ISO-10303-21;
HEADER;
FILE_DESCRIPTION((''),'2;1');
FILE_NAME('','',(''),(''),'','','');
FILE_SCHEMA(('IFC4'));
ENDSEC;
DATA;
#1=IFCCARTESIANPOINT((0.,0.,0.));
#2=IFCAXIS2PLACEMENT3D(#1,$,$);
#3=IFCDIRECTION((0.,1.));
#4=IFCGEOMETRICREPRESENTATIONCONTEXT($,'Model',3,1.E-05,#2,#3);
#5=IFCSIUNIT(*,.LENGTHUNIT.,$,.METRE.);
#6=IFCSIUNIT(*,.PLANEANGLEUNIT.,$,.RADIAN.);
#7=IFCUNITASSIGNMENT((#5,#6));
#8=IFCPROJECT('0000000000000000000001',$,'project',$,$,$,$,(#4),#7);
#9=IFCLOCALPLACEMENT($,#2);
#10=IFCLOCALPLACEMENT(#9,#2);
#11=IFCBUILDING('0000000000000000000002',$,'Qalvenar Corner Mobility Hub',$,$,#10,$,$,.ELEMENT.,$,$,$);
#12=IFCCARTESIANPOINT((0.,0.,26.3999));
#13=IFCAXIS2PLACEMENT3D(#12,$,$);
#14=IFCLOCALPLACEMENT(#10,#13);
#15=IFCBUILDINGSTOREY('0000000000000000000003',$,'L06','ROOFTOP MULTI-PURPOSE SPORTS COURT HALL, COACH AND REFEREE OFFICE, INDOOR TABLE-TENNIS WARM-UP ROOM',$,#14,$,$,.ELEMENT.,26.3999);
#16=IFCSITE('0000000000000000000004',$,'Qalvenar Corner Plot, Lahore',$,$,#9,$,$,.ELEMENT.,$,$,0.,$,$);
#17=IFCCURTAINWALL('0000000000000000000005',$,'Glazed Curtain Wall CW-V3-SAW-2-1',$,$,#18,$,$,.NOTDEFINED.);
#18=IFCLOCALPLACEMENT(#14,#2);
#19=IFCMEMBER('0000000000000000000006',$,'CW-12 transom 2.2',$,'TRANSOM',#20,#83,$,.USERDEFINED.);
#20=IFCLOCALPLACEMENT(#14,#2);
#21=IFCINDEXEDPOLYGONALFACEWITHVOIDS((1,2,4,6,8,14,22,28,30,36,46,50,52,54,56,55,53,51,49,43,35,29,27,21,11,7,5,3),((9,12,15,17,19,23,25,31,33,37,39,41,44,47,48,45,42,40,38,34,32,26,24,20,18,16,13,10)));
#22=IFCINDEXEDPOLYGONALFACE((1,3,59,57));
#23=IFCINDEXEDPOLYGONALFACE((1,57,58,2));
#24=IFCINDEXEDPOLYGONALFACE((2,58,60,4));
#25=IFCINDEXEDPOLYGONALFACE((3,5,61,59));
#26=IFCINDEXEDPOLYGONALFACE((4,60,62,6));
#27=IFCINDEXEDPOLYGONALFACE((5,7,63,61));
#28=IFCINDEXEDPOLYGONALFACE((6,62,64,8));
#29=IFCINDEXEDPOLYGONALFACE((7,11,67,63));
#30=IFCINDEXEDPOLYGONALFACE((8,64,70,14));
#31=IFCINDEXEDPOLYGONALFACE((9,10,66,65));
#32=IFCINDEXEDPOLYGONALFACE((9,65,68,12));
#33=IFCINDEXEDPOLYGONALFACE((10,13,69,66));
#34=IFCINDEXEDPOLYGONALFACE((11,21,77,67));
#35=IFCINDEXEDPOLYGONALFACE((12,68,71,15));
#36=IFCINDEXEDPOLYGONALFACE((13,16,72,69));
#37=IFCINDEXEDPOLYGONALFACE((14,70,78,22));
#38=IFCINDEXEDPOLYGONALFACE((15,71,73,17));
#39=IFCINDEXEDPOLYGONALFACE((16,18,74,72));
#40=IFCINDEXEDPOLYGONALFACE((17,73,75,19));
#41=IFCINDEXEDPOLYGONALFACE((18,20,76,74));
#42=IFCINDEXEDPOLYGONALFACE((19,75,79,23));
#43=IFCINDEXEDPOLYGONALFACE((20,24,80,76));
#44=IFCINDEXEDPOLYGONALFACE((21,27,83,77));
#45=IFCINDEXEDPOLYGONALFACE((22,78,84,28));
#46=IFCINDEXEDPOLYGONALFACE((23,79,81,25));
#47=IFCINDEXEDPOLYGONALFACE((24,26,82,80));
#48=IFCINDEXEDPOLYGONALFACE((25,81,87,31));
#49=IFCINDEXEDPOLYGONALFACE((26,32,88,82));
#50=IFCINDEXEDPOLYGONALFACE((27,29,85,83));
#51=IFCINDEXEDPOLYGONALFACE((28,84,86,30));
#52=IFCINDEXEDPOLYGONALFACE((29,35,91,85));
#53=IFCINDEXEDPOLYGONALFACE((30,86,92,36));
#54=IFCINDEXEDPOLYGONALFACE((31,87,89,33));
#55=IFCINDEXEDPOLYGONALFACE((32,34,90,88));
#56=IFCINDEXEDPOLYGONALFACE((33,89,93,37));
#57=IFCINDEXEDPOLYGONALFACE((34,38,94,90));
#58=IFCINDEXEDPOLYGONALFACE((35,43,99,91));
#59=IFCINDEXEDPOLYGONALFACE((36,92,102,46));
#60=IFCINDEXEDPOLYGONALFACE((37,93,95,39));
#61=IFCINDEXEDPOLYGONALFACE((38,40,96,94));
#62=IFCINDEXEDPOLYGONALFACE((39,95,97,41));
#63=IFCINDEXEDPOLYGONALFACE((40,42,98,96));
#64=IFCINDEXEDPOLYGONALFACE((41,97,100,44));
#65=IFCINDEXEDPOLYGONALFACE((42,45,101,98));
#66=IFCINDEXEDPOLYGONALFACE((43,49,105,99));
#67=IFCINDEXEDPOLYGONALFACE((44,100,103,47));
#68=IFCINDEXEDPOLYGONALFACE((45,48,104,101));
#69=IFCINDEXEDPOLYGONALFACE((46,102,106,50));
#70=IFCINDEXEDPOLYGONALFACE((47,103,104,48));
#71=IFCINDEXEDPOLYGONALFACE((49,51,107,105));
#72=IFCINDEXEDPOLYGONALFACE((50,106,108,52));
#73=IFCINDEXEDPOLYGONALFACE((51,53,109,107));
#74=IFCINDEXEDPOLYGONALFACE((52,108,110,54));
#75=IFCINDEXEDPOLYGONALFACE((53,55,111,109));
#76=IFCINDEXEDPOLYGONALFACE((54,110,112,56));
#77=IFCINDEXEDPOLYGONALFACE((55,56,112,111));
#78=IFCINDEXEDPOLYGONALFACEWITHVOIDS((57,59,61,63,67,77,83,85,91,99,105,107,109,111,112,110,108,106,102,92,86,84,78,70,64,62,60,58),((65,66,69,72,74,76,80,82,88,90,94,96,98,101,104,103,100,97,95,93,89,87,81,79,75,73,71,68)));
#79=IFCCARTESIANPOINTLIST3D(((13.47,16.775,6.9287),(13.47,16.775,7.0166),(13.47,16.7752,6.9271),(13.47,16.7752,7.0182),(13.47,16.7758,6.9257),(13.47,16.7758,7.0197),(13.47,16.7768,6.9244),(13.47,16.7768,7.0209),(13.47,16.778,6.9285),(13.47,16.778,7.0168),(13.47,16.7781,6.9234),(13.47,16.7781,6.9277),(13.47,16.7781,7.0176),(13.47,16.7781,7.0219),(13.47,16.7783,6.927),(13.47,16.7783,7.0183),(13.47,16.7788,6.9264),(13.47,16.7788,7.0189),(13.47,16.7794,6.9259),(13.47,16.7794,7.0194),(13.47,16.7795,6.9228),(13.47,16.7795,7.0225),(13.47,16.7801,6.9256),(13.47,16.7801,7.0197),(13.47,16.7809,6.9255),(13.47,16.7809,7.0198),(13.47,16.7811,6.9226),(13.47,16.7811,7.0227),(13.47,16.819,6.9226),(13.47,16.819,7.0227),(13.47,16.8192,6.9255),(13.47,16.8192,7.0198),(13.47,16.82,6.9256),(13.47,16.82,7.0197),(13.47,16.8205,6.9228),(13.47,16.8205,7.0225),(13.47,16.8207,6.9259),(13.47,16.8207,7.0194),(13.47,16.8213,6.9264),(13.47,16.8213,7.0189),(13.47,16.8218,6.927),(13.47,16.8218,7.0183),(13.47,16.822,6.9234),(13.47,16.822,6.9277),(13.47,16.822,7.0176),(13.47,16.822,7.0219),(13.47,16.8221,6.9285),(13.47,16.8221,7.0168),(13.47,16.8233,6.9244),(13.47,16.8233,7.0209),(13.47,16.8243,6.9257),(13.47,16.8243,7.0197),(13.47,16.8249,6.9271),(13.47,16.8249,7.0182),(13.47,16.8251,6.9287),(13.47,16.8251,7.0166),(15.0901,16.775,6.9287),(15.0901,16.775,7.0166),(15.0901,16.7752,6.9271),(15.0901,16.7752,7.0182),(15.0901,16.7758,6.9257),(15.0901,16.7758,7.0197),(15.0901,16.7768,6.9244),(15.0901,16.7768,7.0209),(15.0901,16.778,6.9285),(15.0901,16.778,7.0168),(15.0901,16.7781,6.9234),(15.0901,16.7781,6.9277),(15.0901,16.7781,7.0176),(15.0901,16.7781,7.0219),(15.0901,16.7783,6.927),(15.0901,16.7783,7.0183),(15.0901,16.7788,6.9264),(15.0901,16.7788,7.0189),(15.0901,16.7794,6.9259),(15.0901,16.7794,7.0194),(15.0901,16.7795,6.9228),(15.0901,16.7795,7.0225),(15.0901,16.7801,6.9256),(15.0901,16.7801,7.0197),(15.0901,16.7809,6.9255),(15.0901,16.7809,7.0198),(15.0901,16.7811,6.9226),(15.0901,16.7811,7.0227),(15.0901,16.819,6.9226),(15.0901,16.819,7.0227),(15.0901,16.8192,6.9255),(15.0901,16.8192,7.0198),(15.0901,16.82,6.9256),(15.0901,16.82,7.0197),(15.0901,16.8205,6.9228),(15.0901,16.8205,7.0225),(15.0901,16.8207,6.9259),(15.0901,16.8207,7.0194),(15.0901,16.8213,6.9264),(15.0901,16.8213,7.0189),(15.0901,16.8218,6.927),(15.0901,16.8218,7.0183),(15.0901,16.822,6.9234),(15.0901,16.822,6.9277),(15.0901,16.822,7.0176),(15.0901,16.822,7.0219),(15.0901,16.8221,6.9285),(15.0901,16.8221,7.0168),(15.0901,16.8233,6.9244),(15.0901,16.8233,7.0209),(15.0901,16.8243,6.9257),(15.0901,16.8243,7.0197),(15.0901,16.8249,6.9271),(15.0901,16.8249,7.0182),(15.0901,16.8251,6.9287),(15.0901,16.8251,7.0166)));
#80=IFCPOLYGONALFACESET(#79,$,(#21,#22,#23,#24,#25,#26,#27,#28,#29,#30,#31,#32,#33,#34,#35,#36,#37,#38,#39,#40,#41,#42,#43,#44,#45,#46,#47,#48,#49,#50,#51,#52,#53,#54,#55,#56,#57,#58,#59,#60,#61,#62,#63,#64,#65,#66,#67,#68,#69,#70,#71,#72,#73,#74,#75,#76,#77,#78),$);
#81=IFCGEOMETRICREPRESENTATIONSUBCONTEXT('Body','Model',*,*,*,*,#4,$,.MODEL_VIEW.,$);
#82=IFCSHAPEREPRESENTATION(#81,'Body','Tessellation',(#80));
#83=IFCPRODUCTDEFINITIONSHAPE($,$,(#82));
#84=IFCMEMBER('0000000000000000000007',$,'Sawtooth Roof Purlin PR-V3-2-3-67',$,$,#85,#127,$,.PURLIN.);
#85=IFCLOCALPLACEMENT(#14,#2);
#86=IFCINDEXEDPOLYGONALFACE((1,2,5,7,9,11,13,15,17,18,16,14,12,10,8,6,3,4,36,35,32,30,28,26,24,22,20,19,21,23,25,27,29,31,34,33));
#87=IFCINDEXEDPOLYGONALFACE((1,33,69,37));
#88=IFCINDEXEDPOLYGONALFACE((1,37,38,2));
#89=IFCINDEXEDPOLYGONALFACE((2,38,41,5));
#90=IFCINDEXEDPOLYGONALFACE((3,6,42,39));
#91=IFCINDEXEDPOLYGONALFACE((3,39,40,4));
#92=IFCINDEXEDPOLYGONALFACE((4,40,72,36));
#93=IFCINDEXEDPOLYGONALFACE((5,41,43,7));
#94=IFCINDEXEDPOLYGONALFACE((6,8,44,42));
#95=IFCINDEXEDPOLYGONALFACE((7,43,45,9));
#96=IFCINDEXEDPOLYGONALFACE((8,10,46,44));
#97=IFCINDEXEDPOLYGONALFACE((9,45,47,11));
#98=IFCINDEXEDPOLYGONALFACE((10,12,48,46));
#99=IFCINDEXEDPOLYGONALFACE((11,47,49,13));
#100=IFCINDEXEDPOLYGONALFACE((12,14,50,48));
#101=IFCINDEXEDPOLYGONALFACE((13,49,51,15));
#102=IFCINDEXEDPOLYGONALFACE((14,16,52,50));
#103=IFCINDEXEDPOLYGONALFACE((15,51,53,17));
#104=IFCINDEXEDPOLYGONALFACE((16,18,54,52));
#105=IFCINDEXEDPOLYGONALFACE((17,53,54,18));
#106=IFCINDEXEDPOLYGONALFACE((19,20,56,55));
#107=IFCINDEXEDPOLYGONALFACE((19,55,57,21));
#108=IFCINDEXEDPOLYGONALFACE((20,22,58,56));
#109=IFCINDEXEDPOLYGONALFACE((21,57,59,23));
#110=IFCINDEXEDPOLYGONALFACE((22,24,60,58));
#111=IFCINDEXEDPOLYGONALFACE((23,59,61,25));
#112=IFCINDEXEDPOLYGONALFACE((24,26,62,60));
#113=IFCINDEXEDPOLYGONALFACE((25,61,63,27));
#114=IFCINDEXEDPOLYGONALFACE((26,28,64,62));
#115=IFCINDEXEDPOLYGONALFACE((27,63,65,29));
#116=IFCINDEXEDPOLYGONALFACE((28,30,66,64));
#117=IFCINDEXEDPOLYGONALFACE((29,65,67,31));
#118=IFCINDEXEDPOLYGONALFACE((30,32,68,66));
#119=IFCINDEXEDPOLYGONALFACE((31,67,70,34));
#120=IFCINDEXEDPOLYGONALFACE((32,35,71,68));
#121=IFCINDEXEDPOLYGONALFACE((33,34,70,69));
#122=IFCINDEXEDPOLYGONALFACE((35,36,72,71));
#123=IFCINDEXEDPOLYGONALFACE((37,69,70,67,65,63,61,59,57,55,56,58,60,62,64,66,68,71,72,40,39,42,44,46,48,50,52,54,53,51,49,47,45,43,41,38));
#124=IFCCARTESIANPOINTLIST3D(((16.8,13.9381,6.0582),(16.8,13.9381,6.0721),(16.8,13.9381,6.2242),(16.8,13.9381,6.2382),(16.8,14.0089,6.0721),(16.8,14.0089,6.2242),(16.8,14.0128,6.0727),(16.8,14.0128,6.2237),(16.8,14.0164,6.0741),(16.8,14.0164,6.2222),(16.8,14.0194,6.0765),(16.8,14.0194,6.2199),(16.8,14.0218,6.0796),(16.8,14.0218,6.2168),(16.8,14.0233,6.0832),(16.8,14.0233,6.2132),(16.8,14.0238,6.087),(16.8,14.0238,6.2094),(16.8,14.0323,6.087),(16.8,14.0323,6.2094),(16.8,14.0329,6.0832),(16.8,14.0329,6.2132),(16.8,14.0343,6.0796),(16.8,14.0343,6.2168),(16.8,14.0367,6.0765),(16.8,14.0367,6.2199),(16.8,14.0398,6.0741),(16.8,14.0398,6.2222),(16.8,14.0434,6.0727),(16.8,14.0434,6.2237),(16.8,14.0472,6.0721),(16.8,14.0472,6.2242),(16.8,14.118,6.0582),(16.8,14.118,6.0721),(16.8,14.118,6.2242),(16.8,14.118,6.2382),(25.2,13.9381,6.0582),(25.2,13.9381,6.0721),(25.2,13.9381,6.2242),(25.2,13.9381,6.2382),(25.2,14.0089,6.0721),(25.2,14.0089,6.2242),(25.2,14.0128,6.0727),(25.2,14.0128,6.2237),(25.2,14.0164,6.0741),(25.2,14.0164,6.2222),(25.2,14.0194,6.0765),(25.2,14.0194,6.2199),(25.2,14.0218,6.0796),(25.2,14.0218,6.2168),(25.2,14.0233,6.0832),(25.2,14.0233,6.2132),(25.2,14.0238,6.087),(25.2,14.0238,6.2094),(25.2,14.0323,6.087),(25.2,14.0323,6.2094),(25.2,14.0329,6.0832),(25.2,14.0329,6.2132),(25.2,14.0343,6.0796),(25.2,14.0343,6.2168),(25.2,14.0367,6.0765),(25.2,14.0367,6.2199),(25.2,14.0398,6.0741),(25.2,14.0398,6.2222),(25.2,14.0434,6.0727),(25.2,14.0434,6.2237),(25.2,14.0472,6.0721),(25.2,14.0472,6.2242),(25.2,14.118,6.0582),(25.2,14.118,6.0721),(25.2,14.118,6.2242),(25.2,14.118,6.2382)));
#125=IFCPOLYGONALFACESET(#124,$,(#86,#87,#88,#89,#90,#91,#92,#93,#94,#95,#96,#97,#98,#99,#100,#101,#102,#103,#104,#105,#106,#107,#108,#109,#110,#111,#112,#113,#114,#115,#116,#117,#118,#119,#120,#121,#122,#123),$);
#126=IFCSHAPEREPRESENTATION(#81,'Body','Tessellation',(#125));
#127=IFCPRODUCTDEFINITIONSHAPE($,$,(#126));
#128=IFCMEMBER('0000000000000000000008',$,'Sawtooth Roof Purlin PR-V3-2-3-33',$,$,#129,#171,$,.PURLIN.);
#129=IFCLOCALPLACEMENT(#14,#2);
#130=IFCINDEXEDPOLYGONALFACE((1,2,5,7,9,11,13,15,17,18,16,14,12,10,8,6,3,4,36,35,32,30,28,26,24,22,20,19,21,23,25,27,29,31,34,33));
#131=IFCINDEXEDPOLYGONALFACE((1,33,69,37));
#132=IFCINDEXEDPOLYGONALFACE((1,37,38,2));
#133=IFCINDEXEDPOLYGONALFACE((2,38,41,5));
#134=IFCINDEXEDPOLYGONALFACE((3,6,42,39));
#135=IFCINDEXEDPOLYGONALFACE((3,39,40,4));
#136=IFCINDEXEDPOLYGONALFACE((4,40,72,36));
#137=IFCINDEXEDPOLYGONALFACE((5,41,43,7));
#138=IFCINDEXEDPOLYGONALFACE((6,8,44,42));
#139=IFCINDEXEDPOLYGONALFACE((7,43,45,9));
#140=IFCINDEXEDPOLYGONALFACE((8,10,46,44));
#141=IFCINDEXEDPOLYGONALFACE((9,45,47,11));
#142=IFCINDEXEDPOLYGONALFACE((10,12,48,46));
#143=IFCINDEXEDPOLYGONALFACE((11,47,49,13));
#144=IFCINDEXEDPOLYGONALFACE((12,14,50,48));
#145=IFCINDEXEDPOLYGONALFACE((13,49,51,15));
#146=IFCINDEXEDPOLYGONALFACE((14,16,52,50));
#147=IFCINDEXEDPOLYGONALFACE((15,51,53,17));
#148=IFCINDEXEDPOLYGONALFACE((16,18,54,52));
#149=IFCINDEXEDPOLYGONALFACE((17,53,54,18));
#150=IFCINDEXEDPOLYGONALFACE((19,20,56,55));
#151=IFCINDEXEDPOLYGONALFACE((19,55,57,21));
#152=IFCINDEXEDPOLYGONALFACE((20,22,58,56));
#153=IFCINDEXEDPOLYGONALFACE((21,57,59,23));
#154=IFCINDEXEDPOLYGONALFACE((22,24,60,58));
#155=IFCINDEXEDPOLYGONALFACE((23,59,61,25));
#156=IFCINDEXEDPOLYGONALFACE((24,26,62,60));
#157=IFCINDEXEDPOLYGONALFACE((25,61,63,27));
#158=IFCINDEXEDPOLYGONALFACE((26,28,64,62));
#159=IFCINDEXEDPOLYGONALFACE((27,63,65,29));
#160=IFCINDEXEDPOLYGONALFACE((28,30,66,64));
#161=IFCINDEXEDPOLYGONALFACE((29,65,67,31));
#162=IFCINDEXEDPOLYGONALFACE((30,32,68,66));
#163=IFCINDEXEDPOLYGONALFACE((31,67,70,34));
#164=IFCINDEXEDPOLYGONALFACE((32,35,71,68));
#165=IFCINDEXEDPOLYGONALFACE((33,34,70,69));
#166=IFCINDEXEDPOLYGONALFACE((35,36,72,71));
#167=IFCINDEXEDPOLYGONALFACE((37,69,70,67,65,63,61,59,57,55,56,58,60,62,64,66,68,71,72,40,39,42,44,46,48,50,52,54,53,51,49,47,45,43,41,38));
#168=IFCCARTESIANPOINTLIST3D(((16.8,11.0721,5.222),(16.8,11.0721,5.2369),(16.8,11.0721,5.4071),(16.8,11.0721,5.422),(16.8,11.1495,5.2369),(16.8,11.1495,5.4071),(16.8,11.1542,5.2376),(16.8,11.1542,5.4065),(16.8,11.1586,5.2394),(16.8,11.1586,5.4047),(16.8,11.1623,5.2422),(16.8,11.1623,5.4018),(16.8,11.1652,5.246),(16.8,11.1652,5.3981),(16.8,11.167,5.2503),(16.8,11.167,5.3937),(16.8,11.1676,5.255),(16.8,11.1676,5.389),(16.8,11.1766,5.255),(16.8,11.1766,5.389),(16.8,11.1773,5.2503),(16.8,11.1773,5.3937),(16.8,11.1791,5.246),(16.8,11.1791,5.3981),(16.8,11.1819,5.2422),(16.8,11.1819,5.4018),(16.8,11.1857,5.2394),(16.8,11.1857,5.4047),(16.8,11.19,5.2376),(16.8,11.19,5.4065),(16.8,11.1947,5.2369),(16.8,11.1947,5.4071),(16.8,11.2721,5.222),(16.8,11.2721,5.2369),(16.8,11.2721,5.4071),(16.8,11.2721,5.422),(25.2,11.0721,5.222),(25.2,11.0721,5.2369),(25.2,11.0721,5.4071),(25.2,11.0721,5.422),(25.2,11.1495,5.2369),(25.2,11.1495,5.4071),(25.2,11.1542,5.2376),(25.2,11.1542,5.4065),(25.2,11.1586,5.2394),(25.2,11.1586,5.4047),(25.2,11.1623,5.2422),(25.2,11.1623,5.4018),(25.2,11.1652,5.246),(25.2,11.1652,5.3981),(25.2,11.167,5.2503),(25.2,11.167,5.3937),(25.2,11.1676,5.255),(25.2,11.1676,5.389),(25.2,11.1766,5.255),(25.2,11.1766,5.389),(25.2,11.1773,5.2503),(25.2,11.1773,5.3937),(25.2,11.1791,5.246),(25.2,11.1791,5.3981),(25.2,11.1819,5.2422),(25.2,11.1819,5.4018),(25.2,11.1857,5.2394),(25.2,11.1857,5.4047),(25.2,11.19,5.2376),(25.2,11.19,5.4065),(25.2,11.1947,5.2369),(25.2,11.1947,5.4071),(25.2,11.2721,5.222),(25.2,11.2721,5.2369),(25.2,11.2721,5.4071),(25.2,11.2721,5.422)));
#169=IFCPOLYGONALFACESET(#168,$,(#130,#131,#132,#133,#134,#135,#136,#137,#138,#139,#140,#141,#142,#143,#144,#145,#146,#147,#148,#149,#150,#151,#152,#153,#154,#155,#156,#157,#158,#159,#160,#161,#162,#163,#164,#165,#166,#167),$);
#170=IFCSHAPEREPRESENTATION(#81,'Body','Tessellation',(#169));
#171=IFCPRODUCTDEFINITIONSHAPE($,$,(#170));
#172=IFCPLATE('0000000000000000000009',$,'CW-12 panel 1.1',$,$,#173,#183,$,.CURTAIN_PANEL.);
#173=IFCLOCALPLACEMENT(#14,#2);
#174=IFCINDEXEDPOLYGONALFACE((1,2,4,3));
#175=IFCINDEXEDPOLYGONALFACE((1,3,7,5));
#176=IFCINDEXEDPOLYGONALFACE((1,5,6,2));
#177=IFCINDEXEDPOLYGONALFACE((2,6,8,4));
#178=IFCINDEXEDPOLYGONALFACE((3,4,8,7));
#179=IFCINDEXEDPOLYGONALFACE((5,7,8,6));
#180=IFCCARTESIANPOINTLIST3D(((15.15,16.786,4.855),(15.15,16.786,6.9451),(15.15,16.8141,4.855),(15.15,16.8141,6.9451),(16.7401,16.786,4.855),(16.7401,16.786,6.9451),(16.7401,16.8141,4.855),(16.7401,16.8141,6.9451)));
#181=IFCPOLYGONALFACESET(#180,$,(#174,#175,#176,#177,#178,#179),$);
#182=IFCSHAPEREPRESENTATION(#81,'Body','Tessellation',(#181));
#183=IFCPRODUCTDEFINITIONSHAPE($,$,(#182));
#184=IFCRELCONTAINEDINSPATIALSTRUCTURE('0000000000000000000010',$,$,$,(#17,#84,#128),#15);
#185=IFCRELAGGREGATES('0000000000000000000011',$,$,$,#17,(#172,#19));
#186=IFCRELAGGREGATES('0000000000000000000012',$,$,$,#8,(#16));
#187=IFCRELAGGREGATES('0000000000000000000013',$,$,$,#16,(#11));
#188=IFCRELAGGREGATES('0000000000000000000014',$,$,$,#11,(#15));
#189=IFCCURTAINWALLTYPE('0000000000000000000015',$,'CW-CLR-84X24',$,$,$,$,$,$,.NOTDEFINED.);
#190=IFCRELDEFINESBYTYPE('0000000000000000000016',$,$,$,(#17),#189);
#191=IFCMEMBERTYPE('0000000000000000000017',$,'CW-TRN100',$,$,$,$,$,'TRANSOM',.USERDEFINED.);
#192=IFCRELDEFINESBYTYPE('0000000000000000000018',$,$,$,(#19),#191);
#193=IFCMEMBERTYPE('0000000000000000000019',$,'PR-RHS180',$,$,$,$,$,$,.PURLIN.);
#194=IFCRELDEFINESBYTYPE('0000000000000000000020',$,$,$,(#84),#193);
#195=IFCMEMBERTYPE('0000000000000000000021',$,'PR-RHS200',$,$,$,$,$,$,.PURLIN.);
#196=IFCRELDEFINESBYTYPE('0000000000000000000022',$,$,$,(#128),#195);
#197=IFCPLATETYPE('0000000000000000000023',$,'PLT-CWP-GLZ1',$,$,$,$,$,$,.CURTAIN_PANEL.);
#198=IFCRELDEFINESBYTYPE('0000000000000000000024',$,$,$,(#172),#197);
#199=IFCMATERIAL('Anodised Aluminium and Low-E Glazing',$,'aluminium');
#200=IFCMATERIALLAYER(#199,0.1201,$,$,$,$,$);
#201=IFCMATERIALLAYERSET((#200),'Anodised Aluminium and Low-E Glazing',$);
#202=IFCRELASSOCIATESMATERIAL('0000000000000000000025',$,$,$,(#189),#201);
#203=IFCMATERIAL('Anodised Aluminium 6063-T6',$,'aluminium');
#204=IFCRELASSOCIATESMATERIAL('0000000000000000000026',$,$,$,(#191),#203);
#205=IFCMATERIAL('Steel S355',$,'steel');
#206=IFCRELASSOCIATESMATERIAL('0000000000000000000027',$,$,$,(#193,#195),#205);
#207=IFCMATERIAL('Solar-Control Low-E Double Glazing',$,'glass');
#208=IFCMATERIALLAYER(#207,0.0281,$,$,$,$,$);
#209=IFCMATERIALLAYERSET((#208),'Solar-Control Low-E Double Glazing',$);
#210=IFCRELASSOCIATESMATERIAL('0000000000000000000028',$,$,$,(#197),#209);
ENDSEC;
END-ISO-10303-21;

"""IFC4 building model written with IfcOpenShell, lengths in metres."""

from ifc_helpers import new_model, si_unit, direction, frame, origin, origin_2d, place, context, subcontext, project, spatial, rectangle, hollow_rectangle, i_section, extrude, material, layer, layer_set, material_profile, profile_set, type_object, element, aggregate, save


model = new_model("IFC4")

# Units and contexts
model_context = context("Model", 3, precision=1e-05, world=origin(), true_north=direction((0.0, 1.0)))
body_context = subcontext(model_context, "Body", "Model", "MODEL_VIEW")
ifc_project = project(units=[si_unit("LENGTHUNIT", "METRE"), si_unit("PLANEANGLEUNIT", "RADIAN")], contexts=[model_context])

# Site, building, storey
site_placement = place(None, origin())
site = spatial("IfcSite", under=ifc_project, at=site_placement, Name="Qalvenar Corner Plot, Lahore", CompositionType="ELEMENT", RefElevation=0.0)
building_placement = place(site_placement, origin())
building = spatial("IfcBuilding", under=site, at=building_placement, Name="Qalvenar Corner Mobility Hub", CompositionType="ELEMENT")
storey_placement = place(building_placement, frame((0.0, 0.0, 26.3999)))
storey = spatial("IfcBuildingStorey", under=building, at=storey_placement, Name="L06", Description="ROOFTOP MULTI-PURPOSE SPORTS COURT HALL, COACH AND REFEREE OFFICE, INDOOR TABLE-TENNIS WARM-UP ROOM", CompositionType="ELEMENT", Elevation=26.3999)

# Shared definitions
ifc_material_1 = material(Name="Steel S355", Category="steel")

# Curtain wall
ifc_material_2 = material(Name="Anodised Aluminium and Low-E Glazing", Category="aluminium")
ifc_layer_1 = layer(ifc_material_2, 0.1201)
ifc_layer_set_1 = layer_set([ifc_layer_1], Name="Anodised Aluminium and Low-E Glazing")
curtain_wall_type = type_object("IfcCurtainWallType", Name="CW-CLR-84X24", PredefinedType="NOTDEFINED", material=ifc_layer_set_1)
ifc_material_3 = material(Name="Anodised Aluminium 6063-T6", Category="aluminium")
curtain_wall_1_placement = place(storey_placement, origin())
curtain_wall_1 = element("IfcCurtainWall", 1, at=curtain_wall_1_placement, inside=storey, type_object=curtain_wall_type, Name="Glazed Curtain Wall CW-V3-SAW-2-1", PredefinedType="NOTDEFINED")

# Member
ifc_material_profile_1 = material_profile(ifc_material_3, hollow_rectangle(XDim=0.05, YDim=0.1001, WallThickness=0.0029, InnerFilletRadius=0.0029, OuterFilletRadius=0.0061, at=origin_2d()), Name="RHS100x50x3")
ifc_profile_set_1 = profile_set([ifc_material_profile_1], Name="Anodised Aluminium 6063-T6")
member_type_1 = type_object("IfcMemberType", Name="CW-TRN100", ElementType="TRANSOM", PredefinedType="USERDEFINED", material=ifc_profile_set_1)
member_1_placement = place(storey_placement, frame((15.0901, 16.8, 6.9727), z_axis=(-1.0, 0.0, 0.0), x_axis=(0.0, -1.0, 0.0)))
member_1 = element("IfcMember", 2, at=member_1_placement, type_object=member_type_1, Name="CW-12 transom 2.2", ObjectType="TRANSOM", PredefinedType="USERDEFINED", context=body_context, shape_type="SweptSolid", body=[
    extrude(hollow_rectangle(XDim=0.05, YDim=0.1001, WallThickness=0.0029, InnerFilletRadius=0.0029, OuterFilletRadius=0.0061, at=origin_2d()), origin(), (0.0, 0.0, 1.0), 1.6201),
])

# Members
ifc_material_profile_2 = material_profile(ifc_material_1, i_section(OverallWidth=0.1799, OverallDepth=0.1799, WebThickness=0.0085, FlangeThickness=0.0139, FilletRadius=0.0149, at=origin_2d()), Name="HEB180")
ifc_profile_set_2 = profile_set([ifc_material_profile_2], Name="Steel S355")
member_type_2 = type_object("IfcMemberType", Name="PR-RHS180", PredefinedType="PURLIN", material=ifc_profile_set_2)
member_2_placement = place(storey_placement, frame((16.8, 14.0281, 6.1482), z_axis=(1.0, 0.0, 0.0), x_axis=(0.0, 1.0, 0.0)))
element("IfcMember", 3, at=member_2_placement, inside=storey, type_object=member_type_2, Name="Sawtooth Roof Purlin PR-V3-2-3-67", PredefinedType="PURLIN", context=body_context, shape_type="SweptSolid", body=[
    extrude(i_section(OverallWidth=0.1799, OverallDepth=0.1799, WebThickness=0.0085, FlangeThickness=0.0139, FilletRadius=0.0149, at=origin_2d()), origin(), (0.0, 0.0, 1.0), 8.3999),
])
ifc_material_profile_3 = material_profile(ifc_material_1, i_section(OverallWidth=0.2, OverallDepth=0.2, WebThickness=0.009, FlangeThickness=0.0149, FilletRadius=0.0181, at=origin_2d()), Name="HEB200")
ifc_profile_set_3 = profile_set([ifc_material_profile_3], Name="Steel S355")
member_type_3 = type_object("IfcMemberType", Name="PR-RHS200", PredefinedType="PURLIN", material=ifc_profile_set_3)
member_3_placement = place(storey_placement, frame((16.8, 11.1721, 5.322), z_axis=(1.0, 0.0, 0.0), x_axis=(0.0, 1.0, 0.0)))
element("IfcMember", 4, at=member_3_placement, inside=storey, type_object=member_type_3, Name="Sawtooth Roof Purlin PR-V3-2-3-33", PredefinedType="PURLIN", context=body_context, shape_type="SweptSolid", body=[
    extrude(i_section(OverallWidth=0.2, OverallDepth=0.2, WebThickness=0.009, FlangeThickness=0.0149, FilletRadius=0.0181, at=origin_2d()), origin(), (0.0, 0.0, 1.0), 8.3999),
])

# Plate
ifc_material_4 = material(Name="Solar-Control Low-E Double Glazing", Category="glass")
ifc_layer_2 = layer(ifc_material_4, 0.0281)
ifc_layer_set_2 = layer_set([ifc_layer_2], Name="Solar-Control Low-E Double Glazing")
plate_type_1 = type_object("IfcPlateType", Name="PLT-CWP-GLZ1", PredefinedType="CURTAIN_PANEL", material=ifc_layer_set_2)
plate_1_placement = place(storey_placement, frame((15.9451, 16.8, 4.855), z_axis=(0.0, 0.0, 1.0), x_axis=(-1.0, 0.0, 0.0)))
plate_1 = element("IfcPlate", 5, at=plate_1_placement, type_object=plate_type_1, Name="CW-12 panel 1.1", PredefinedType="CURTAIN_PANEL", context=body_context, shape_type="SweptSolid", body=[
    extrude(rectangle(XDim=1.5901, YDim=0.0281, at=origin_2d()), origin(), (0.0, 0.0, 1.0), 2.0901),
])
aggregate(curtain_wall_1, [plate_1, member_1])

save(model, "model.ifc")
